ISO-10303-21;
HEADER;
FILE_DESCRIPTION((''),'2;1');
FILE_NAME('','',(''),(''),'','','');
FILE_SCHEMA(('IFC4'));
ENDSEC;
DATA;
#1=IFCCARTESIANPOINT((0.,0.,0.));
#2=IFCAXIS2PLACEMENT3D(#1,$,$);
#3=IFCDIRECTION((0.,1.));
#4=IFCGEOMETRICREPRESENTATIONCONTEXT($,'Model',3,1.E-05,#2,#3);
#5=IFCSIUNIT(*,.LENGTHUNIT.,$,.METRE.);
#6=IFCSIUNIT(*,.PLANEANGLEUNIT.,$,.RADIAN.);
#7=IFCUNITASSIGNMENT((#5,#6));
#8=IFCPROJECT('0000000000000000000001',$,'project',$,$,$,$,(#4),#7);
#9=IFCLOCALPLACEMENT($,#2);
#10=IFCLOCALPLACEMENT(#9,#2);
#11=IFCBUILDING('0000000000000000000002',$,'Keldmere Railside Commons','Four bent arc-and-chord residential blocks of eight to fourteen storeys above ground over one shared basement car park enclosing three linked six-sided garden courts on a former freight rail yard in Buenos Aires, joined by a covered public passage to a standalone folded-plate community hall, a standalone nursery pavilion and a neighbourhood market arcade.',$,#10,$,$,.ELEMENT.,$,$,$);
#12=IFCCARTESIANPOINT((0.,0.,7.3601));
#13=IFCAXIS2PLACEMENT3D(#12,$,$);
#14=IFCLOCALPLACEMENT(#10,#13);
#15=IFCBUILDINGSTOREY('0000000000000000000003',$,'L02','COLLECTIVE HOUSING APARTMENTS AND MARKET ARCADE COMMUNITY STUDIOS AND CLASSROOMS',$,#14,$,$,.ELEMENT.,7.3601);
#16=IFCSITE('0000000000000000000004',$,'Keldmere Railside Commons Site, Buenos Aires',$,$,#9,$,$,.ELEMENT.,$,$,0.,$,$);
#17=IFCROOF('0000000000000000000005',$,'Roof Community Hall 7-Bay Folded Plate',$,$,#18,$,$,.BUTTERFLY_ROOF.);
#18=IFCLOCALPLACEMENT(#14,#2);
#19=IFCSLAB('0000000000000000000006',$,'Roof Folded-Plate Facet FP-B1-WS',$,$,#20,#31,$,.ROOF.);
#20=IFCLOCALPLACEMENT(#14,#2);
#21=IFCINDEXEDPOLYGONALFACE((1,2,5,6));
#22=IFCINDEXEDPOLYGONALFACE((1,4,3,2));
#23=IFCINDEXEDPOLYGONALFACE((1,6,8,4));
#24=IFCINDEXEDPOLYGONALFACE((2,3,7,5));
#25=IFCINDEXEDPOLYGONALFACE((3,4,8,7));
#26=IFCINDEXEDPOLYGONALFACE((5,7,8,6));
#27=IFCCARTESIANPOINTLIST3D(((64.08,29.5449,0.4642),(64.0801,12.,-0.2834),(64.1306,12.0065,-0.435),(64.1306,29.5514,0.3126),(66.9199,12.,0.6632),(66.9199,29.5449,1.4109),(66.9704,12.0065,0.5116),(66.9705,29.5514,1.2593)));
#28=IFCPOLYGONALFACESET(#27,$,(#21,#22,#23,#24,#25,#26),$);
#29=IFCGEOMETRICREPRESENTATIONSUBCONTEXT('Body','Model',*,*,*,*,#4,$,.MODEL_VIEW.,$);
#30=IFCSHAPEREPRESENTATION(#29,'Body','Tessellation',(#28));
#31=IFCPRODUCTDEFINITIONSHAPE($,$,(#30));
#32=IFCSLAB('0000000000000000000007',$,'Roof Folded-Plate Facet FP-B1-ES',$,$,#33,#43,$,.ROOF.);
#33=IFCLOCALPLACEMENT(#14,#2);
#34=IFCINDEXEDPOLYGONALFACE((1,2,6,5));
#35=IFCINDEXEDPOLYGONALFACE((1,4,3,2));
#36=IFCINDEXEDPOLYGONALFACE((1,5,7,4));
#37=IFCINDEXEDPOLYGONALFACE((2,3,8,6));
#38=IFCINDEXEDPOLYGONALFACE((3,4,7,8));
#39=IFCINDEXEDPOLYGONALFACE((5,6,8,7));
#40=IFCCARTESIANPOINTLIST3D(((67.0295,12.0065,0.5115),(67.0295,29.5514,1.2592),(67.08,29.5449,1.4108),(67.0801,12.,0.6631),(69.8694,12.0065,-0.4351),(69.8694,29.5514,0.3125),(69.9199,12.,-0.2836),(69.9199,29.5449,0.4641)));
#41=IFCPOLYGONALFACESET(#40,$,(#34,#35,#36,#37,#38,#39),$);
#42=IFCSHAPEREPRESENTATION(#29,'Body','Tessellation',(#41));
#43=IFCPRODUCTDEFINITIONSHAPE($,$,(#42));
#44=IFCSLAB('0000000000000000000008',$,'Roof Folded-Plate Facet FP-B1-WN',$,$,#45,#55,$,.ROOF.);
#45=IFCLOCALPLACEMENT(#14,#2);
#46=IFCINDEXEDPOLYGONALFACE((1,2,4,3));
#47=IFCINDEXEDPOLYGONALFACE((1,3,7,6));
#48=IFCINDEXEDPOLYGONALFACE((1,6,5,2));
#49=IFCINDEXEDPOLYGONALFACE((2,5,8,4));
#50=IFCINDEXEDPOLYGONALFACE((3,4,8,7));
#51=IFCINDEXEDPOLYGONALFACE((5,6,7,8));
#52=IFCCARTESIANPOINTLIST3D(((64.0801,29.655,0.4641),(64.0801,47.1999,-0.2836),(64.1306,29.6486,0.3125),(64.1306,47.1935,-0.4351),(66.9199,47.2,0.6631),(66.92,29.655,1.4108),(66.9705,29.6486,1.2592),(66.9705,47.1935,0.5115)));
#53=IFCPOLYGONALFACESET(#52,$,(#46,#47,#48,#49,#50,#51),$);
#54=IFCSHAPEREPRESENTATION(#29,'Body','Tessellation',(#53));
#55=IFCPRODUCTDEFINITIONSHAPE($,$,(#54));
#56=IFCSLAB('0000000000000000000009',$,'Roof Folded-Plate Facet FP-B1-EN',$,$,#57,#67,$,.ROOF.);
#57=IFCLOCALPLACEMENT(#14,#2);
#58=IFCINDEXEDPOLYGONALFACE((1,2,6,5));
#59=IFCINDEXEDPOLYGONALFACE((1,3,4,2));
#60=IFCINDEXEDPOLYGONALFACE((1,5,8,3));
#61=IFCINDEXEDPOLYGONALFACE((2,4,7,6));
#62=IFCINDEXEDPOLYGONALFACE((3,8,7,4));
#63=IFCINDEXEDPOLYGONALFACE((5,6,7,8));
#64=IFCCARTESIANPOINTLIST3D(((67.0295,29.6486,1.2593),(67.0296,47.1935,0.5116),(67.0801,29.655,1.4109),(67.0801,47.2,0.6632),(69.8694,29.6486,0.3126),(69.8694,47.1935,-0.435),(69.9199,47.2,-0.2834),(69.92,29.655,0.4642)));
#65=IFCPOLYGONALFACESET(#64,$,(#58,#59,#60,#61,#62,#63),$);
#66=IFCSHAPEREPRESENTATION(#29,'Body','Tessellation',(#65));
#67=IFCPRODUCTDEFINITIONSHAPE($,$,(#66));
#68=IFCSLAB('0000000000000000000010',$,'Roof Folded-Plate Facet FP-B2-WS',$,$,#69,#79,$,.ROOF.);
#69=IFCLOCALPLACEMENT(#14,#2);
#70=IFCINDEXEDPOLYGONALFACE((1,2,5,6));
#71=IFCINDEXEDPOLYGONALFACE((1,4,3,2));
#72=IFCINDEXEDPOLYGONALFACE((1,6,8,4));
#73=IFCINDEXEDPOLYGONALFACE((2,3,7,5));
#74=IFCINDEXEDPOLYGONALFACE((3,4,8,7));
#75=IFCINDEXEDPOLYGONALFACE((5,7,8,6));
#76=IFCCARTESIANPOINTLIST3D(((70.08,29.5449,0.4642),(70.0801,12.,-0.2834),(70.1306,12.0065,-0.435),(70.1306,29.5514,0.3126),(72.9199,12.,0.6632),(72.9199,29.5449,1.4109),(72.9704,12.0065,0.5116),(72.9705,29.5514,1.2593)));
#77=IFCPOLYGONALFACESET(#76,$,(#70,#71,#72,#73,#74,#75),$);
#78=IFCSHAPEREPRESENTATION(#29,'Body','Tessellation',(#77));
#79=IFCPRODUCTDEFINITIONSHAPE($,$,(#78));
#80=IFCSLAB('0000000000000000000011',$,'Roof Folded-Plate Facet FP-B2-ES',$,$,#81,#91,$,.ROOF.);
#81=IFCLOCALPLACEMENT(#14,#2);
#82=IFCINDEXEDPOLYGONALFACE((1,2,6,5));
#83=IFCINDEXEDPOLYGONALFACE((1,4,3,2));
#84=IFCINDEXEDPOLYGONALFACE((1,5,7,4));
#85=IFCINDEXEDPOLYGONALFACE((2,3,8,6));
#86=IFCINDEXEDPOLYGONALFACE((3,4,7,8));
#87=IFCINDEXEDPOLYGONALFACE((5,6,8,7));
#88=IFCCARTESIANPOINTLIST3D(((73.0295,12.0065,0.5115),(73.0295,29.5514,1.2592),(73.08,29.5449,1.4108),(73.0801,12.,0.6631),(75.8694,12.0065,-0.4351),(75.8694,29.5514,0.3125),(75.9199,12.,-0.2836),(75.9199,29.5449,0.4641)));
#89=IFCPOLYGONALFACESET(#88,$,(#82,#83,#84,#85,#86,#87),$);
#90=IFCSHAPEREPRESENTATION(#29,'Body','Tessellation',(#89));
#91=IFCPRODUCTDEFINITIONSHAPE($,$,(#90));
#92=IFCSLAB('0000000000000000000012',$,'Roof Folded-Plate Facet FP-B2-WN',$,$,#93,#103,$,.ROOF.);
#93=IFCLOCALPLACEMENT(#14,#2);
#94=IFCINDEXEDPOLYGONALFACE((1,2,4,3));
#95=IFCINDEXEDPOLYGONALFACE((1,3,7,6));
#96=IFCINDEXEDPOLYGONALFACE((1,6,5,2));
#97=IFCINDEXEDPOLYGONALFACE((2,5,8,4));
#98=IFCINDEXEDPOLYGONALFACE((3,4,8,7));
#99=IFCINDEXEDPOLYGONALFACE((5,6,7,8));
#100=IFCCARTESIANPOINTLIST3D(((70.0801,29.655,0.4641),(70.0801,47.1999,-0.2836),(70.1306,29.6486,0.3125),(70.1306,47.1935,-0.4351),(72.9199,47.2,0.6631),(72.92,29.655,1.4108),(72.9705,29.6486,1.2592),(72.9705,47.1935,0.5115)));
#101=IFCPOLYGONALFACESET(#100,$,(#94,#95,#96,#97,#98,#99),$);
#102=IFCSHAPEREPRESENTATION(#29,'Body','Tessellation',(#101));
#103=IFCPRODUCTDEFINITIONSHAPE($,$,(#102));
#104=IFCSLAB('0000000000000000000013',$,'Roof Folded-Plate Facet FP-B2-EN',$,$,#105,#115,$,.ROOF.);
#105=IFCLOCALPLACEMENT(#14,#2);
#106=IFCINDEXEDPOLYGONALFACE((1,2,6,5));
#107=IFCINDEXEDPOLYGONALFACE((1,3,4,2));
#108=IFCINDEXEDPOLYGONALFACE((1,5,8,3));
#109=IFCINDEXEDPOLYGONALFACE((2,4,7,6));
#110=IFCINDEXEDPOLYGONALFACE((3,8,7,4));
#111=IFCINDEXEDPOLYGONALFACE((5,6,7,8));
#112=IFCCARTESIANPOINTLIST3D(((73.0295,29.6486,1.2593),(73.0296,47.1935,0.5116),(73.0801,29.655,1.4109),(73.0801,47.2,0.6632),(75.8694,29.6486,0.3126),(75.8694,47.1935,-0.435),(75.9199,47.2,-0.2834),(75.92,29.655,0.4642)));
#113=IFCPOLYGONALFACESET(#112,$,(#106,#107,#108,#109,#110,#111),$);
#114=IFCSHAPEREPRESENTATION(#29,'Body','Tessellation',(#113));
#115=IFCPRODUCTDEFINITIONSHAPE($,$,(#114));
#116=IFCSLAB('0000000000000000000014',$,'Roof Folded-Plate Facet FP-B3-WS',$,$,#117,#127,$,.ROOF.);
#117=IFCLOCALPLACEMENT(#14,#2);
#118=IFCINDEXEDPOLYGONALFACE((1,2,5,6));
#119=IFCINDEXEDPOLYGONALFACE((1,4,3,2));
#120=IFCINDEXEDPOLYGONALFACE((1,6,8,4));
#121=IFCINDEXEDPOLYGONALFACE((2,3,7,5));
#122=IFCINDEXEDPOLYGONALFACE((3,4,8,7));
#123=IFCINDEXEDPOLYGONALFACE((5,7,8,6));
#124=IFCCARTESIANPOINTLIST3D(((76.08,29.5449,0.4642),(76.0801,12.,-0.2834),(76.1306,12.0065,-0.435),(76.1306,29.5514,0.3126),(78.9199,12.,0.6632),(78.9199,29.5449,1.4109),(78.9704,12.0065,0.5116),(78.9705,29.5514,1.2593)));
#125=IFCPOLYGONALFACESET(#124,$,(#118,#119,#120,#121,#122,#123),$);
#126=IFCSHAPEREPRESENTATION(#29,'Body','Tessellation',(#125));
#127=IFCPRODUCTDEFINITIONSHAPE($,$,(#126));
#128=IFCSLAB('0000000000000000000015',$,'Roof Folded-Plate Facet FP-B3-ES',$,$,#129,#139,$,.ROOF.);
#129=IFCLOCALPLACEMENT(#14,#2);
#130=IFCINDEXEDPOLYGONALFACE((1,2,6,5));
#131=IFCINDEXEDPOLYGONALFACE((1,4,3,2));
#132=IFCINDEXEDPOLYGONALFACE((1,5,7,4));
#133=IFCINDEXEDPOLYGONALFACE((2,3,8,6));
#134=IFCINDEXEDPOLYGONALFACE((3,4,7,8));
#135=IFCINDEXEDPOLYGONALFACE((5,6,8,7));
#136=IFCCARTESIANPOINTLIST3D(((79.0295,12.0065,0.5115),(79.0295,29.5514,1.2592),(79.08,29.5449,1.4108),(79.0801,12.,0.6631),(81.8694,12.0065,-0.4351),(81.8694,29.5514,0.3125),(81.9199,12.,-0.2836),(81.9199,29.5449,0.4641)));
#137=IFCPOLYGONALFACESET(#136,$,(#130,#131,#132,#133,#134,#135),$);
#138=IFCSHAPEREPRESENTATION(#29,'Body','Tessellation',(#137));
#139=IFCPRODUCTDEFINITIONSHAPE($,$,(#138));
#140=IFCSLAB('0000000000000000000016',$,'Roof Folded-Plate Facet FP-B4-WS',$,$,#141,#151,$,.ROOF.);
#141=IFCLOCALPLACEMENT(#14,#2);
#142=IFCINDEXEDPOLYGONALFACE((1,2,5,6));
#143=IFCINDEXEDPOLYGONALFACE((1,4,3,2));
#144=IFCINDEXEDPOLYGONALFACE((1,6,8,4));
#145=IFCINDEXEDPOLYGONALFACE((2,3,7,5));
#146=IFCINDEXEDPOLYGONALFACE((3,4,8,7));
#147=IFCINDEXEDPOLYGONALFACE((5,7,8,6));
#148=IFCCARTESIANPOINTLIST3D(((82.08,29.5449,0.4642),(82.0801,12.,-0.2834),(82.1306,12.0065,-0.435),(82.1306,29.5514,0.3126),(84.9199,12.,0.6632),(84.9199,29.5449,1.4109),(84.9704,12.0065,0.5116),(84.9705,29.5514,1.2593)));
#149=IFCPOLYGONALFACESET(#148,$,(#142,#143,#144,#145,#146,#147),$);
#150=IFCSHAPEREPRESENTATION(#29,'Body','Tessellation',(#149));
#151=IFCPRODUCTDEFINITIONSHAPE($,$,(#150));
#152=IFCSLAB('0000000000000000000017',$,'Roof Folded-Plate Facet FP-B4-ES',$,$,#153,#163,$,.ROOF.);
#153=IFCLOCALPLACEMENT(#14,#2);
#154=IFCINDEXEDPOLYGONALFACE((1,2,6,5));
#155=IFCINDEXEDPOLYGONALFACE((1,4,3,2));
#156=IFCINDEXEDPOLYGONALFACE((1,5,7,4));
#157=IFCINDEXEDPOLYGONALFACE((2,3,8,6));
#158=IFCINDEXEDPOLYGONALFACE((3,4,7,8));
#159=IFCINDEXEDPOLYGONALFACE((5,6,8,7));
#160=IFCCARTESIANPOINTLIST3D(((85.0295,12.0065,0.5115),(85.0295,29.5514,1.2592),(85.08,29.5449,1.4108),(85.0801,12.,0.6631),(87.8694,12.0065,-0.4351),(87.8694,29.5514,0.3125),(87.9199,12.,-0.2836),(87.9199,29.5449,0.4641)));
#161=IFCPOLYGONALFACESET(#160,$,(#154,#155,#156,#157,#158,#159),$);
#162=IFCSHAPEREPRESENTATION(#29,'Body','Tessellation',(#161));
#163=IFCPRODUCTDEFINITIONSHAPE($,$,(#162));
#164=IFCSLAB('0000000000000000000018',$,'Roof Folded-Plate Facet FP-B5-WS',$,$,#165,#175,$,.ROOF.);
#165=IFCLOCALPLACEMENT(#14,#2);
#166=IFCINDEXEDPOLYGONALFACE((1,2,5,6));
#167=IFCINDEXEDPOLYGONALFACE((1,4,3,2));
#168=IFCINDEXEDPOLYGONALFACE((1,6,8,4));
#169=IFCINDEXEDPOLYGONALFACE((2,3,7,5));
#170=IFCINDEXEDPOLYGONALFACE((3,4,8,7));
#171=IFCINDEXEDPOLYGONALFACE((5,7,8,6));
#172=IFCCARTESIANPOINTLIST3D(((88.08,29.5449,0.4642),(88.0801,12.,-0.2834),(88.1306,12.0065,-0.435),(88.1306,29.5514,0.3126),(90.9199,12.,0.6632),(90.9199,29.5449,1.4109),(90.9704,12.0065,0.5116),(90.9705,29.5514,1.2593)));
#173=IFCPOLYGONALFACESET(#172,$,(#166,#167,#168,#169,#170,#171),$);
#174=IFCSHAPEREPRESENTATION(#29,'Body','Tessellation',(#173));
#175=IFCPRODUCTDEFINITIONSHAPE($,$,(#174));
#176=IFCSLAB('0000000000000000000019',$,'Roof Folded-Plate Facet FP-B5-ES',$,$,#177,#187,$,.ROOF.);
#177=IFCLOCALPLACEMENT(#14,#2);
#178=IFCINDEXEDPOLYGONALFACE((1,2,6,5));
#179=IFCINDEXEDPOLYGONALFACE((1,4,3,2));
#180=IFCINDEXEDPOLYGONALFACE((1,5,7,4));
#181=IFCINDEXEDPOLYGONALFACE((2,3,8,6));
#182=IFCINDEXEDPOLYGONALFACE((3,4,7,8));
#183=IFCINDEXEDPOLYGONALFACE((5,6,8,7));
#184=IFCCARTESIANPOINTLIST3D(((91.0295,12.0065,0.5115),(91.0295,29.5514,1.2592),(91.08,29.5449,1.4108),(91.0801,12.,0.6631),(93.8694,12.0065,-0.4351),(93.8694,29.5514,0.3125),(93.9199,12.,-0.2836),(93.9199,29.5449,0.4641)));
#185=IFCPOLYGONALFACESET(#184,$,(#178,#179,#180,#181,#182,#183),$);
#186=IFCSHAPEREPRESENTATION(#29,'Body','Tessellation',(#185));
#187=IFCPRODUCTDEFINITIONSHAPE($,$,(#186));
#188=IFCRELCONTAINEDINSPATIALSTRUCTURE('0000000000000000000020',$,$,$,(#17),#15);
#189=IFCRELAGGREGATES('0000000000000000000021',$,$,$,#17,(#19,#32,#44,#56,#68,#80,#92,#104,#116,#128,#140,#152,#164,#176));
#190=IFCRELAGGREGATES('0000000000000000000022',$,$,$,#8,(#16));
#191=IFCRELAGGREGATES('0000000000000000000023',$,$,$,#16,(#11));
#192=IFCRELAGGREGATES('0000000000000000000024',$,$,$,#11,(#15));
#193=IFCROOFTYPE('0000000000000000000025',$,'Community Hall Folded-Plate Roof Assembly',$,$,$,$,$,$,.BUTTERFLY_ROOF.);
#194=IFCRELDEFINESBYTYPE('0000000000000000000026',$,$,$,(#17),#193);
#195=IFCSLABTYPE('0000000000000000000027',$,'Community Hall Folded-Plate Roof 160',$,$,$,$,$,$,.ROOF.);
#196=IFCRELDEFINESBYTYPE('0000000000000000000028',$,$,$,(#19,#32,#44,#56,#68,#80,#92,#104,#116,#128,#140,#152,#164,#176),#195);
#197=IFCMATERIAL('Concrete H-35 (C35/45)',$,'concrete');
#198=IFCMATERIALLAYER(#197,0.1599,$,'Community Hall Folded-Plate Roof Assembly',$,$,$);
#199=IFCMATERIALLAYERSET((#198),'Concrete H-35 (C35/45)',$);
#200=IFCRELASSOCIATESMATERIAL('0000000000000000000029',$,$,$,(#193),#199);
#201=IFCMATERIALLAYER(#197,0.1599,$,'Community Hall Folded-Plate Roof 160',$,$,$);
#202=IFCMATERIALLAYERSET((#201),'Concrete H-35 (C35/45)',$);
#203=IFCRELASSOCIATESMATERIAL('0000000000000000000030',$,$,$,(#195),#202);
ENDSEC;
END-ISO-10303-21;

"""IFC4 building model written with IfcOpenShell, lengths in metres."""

from ifc_helpers import new_model, si_unit, direction, frame, origin, place, context, subcontext, project, spatial, polyline, outline, extrude, material, layer, layer_set, type_object, element, aggregate, save


model = new_model("IFC4")

# Units and contexts
model_context = context("Model", 3, precision=1e-05, world=origin(), true_north=direction((0.0, 1.0)))
body_context = subcontext(model_context, "Body", "Model", "MODEL_VIEW")
ifc_project = project(units=[si_unit("LENGTHUNIT", "METRE"), si_unit("PLANEANGLEUNIT", "RADIAN")], contexts=[model_context])

# Site, building, storey
site_placement = place(None, origin())
site = spatial("IfcSite", under=ifc_project, at=site_placement, Name="Keldmere Railside Commons Site, Buenos Aires", CompositionType="ELEMENT", RefElevation=0.0)
building_placement = place(site_placement, origin())
building = spatial("IfcBuilding", under=site, at=building_placement, Name="Keldmere Railside Commons", Description="Four bent arc-and-chord residential blocks of eight to fourteen storeys above ground over one shared basement car park enclosing three linked six-sided garden courts on a former freight rail yard in Buenos Aires, joined by a covered public passage to a standalone folded-plate community hall, a standalone nursery pavilion and a neighbourhood market arcade.", CompositionType="ELEMENT")
storey_placement = place(building_placement, frame((0.0, 0.0, 7.3601)))
storey = spatial("IfcBuildingStorey", under=building, at=storey_placement, Name="L02", Description="COLLECTIVE HOUSING APARTMENTS AND MARKET ARCADE COMMUNITY STUDIOS AND CLASSROOMS", CompositionType="ELEMENT", Elevation=7.3601)

# Roof, slabs
ifc_material = material(Name="Concrete H-35 (C35/45)", Category="concrete")
ifc_layer_1 = layer(ifc_material, 0.1599, Name="Community Hall Folded-Plate Roof Assembly")
ifc_layer_set_1 = layer_set([ifc_layer_1], Name="Concrete H-35 (C35/45)")
roof_type = type_object("IfcRoofType", Name="Community Hall Folded-Plate Roof Assembly", PredefinedType="BUTTERFLY_ROOF", material=ifc_layer_set_1)
roof_placement = place(storey_placement, origin())
roof = element("IfcRoof", 1, at=roof_placement, inside=storey, type_object=roof_type, Name="Roof Community Hall 7-Bay Folded Plate", PredefinedType="BUTTERFLY_ROOF")
ifc_layer_2 = layer(ifc_material, 0.1599, Name="Community Hall Folded-Plate Roof 160")
ifc_layer_set_2 = layer_set([ifc_layer_2], Name="Concrete H-35 (C35/45)")
slab_type = type_object("IfcSlabType", Name="Community Hall Folded-Plate Roof 160", PredefinedType="ROOF", material=ifc_layer_set_2)
slab_1_placement = place(storey_placement, frame((64.0801, 12.0, -0.2834), z_axis=(-0.315982, -0.040395, 0.947905), x_axis=(0.948679, -0.000002, 0.31624)))
slab_1 = element("IfcSlab", 2, at=slab_1_placement, type_object=slab_type, Name="Roof Folded-Plate Facet FP-B1-WS", PredefinedType="ROOF", context=body_context, shape_type="SweptSolid", body=[
    extrude(outline(polyline([(0.0, 0.0), (2.9934, 0.0), (3.2299, 17.5593), (0.2364, 17.5592), (0.0, 0.0)])), origin(), (0.0, 0.0, -1.0), 0.1599),
])
slab_2_placement = place(storey_placement, frame((67.0801, 12.0, 0.6631), z_axis=(0.315982, -0.040395, 0.947905), x_axis=(0.948679, 0.000002, -0.31624)))
slab_2 = element("IfcSlab", 3, at=slab_2_placement, type_object=slab_type, Name="Roof Folded-Plate Facet FP-B1-ES", PredefinedType="ROOF", context=body_context, shape_type="SweptSolid", body=[
    extrude(outline(polyline([(0.0, 0.0), (2.9934, 0.0), (2.7571, 17.5592), (-0.2365, 17.5593), (0.0, 0.0)])), origin(), (0.0, 0.0, -1.0), 0.1599),
])
slab_3_placement = place(storey_placement, frame((64.0801, 29.655, 0.4641), z_axis=(-0.315982, 0.040395, 0.947905), x_axis=(0.948679, -0.000002, 0.31624)))
slab_3 = element("IfcSlab", 4, at=slab_3_placement, type_object=slab_type, Name="Roof Folded-Plate Facet FP-B1-WN", PredefinedType="ROOF", context=body_context, shape_type="SweptSolid", body=[
    extrude(outline(polyline([(0.0, 0.0), (2.9935, 0.0), (2.757, 17.5593), (-0.2364, 17.5592), (0.0, 0.0)])), origin(), (0.0, 0.0, -1.0), 0.1599),
])
slab_4_placement = place(storey_placement, frame((67.0801, 29.655, 1.4109), z_axis=(0.315982, 0.040395, 0.947905), x_axis=(0.948679, 0.000002, -0.31624)))
slab_4 = element("IfcSlab", 5, at=slab_4_placement, type_object=slab_type, Name="Roof Folded-Plate Facet FP-B1-EN", PredefinedType="ROOF", context=body_context, shape_type="SweptSolid", body=[
    extrude(outline(polyline([(0.0, 0.0), (2.9935, 0.0), (3.2299, 17.5592), (0.2365, 17.5593), (0.0, 0.0)])), origin(), (0.0, 0.0, -1.0), 0.1599),
])
slab_5_placement = place(storey_placement, frame((70.0801, 12.0, -0.2834), z_axis=(-0.315982, -0.040395, 0.947905), x_axis=(0.948679, -0.000002, 0.31624)))
slab_5 = element("IfcSlab", 6, at=slab_5_placement, type_object=slab_type, Name="Roof Folded-Plate Facet FP-B2-WS", PredefinedType="ROOF", context=body_context, shape_type="SweptSolid", body=[
    extrude(outline(polyline([(0.0, 0.0), (2.9934, 0.0), (3.2299, 17.5593), (0.2364, 17.5592), (0.0, 0.0)])), origin(), (0.0, 0.0, -1.0), 0.1599),
])
slab_6_placement = place(storey_placement, frame((73.0801, 12.0, 0.6631), z_axis=(0.315982, -0.040395, 0.947905), x_axis=(0.948679, 0.000002, -0.31624)))
slab_6 = element("IfcSlab", 7, at=slab_6_placement, type_object=slab_type, Name="Roof Folded-Plate Facet FP-B2-ES", PredefinedType="ROOF", context=body_context, shape_type="SweptSolid", body=[
    extrude(outline(polyline([(0.0, 0.0), (2.9934, 0.0), (2.7571, 17.5592), (-0.2365, 17.5593), (0.0, 0.0)])), origin(), (0.0, 0.0, -1.0), 0.1599),
])
slab_7_placement = place(storey_placement, frame((70.0801, 29.655, 0.4641), z_axis=(-0.315982, 0.040395, 0.947905), x_axis=(0.948679, -0.000002, 0.31624)))
slab_7 = element("IfcSlab", 8, at=slab_7_placement, type_object=slab_type, Name="Roof Folded-Plate Facet FP-B2-WN", PredefinedType="ROOF", context=body_context, shape_type="SweptSolid", body=[
    extrude(outline(polyline([(0.0, 0.0), (2.9935, 0.0), (2.757, 17.5593), (-0.2364, 17.5592), (0.0, 0.0)])), origin(), (0.0, 0.0, -1.0), 0.1599),
])
slab_8_placement = place(storey_placement, frame((73.0801, 29.655, 1.4109), z_axis=(0.315982, 0.040395, 0.947905), x_axis=(0.948679, 0.000002, -0.31624)))
slab_8 = element("IfcSlab", 9, at=slab_8_placement, type_object=slab_type, Name="Roof Folded-Plate Facet FP-B2-EN", PredefinedType="ROOF", context=body_context, shape_type="SweptSolid", body=[
    extrude(outline(polyline([(0.0, 0.0), (2.9935, 0.0), (3.2299, 17.5592), (0.2365, 17.5593), (0.0, 0.0)])), origin(), (0.0, 0.0, -1.0), 0.1599),
])
slab_9_placement = place(storey_placement, frame((76.0801, 12.0, -0.2834), z_axis=(-0.315982, -0.040395, 0.947905), x_axis=(0.948679, -0.000002, 0.31624)))
slab_9 = element("IfcSlab", 10, at=slab_9_placement, type_object=slab_type, Name="Roof Folded-Plate Facet FP-B3-WS", PredefinedType="ROOF", context=body_context, shape_type="SweptSolid", body=[
    extrude(outline(polyline([(0.0, 0.0), (2.9934, 0.0), (3.2299, 17.5593), (0.2364, 17.5592), (0.0, 0.0)])), origin(), (0.0, 0.0, -1.0), 0.1599),
])
slab_10_placement = place(storey_placement, frame((79.0801, 12.0, 0.6631), z_axis=(0.315982, -0.040395, 0.947905), x_axis=(0.948679, 0.000002, -0.31624)))
slab_10 = element("IfcSlab", 11, at=slab_10_placement, type_object=slab_type, Name="Roof Folded-Plate Facet FP-B3-ES", PredefinedType="ROOF", context=body_context, shape_type="SweptSolid", body=[
    extrude(outline(polyline([(0.0, 0.0), (2.9934, 0.0), (2.7571, 17.5592), (-0.2365, 17.5593), (0.0, 0.0)])), origin(), (0.0, 0.0, -1.0), 0.1599),
])
slab_11_placement = place(storey_placement, frame((82.0801, 12.0, -0.2834), z_axis=(-0.315982, -0.040395, 0.947905), x_axis=(0.948679, -0.000002, 0.31624)))
slab_11 = element("IfcSlab", 12, at=slab_11_placement, type_object=slab_type, Name="Roof Folded-Plate Facet FP-B4-WS", PredefinedType="ROOF", context=body_context, shape_type="SweptSolid", body=[
    extrude(outline(polyline([(0.0, 0.0), (2.9934, 0.0), (3.2299, 17.5593), (0.2364, 17.5592), (0.0, 0.0)])), origin(), (0.0, 0.0, -1.0), 0.1599),
])
slab_12_placement = place(storey_placement, frame((85.0801, 12.0, 0.6631), z_axis=(0.315982, -0.040395, 0.947905), x_axis=(0.948679, 0.000002, -0.31624)))
slab_12 = element("IfcSlab", 13, at=slab_12_placement, type_object=slab_type, Name="Roof Folded-Plate Facet FP-B4-ES", PredefinedType="ROOF", context=body_context, shape_type="SweptSolid", body=[
    extrude(outline(polyline([(0.0, 0.0), (2.9934, 0.0), (2.7571, 17.5592), (-0.2365, 17.5593), (0.0, 0.0)])), origin(), (0.0, 0.0, -1.0), 0.1599),
])
slab_13_placement = place(storey_placement, frame((88.0801, 12.0, -0.2834), z_axis=(-0.315982, -0.040395, 0.947905), x_axis=(0.948679, -0.000002, 0.31624)))
slab_13 = element("IfcSlab", 14, at=slab_13_placement, type_object=slab_type, Name="Roof Folded-Plate Facet FP-B5-WS", PredefinedType="ROOF", context=body_context, shape_type="SweptSolid", body=[
    extrude(outline(polyline([(0.0, 0.0), (2.9934, 0.0), (3.2299, 17.5593), (0.2364, 17.5592), (0.0, 0.0)])), origin(), (0.0, 0.0, -1.0), 0.1599),
])
slab_14_placement = place(storey_placement, frame((91.0801, 12.0, 0.6631), z_axis=(0.315982, -0.040395, 0.947905), x_axis=(0.948679, 0.000002, -0.31624)))
slab_14 = element("IfcSlab", 15, at=slab_14_placement, type_object=slab_type, Name="Roof Folded-Plate Facet FP-B5-ES", PredefinedType="ROOF", context=body_context, shape_type="SweptSolid", body=[
    extrude(outline(polyline([(0.0, 0.0), (2.9934, 0.0), (2.7571, 17.5592), (-0.2365, 17.5593), (0.0, 0.0)])), origin(), (0.0, 0.0, -1.0), 0.1599),
])
aggregate(roof, [slab_1, slab_2, slab_3, slab_4, slab_5, slab_6, slab_7, slab_8, slab_9, slab_10, slab_11, slab_12, slab_13, slab_14])

save(model, "model.ifc")
